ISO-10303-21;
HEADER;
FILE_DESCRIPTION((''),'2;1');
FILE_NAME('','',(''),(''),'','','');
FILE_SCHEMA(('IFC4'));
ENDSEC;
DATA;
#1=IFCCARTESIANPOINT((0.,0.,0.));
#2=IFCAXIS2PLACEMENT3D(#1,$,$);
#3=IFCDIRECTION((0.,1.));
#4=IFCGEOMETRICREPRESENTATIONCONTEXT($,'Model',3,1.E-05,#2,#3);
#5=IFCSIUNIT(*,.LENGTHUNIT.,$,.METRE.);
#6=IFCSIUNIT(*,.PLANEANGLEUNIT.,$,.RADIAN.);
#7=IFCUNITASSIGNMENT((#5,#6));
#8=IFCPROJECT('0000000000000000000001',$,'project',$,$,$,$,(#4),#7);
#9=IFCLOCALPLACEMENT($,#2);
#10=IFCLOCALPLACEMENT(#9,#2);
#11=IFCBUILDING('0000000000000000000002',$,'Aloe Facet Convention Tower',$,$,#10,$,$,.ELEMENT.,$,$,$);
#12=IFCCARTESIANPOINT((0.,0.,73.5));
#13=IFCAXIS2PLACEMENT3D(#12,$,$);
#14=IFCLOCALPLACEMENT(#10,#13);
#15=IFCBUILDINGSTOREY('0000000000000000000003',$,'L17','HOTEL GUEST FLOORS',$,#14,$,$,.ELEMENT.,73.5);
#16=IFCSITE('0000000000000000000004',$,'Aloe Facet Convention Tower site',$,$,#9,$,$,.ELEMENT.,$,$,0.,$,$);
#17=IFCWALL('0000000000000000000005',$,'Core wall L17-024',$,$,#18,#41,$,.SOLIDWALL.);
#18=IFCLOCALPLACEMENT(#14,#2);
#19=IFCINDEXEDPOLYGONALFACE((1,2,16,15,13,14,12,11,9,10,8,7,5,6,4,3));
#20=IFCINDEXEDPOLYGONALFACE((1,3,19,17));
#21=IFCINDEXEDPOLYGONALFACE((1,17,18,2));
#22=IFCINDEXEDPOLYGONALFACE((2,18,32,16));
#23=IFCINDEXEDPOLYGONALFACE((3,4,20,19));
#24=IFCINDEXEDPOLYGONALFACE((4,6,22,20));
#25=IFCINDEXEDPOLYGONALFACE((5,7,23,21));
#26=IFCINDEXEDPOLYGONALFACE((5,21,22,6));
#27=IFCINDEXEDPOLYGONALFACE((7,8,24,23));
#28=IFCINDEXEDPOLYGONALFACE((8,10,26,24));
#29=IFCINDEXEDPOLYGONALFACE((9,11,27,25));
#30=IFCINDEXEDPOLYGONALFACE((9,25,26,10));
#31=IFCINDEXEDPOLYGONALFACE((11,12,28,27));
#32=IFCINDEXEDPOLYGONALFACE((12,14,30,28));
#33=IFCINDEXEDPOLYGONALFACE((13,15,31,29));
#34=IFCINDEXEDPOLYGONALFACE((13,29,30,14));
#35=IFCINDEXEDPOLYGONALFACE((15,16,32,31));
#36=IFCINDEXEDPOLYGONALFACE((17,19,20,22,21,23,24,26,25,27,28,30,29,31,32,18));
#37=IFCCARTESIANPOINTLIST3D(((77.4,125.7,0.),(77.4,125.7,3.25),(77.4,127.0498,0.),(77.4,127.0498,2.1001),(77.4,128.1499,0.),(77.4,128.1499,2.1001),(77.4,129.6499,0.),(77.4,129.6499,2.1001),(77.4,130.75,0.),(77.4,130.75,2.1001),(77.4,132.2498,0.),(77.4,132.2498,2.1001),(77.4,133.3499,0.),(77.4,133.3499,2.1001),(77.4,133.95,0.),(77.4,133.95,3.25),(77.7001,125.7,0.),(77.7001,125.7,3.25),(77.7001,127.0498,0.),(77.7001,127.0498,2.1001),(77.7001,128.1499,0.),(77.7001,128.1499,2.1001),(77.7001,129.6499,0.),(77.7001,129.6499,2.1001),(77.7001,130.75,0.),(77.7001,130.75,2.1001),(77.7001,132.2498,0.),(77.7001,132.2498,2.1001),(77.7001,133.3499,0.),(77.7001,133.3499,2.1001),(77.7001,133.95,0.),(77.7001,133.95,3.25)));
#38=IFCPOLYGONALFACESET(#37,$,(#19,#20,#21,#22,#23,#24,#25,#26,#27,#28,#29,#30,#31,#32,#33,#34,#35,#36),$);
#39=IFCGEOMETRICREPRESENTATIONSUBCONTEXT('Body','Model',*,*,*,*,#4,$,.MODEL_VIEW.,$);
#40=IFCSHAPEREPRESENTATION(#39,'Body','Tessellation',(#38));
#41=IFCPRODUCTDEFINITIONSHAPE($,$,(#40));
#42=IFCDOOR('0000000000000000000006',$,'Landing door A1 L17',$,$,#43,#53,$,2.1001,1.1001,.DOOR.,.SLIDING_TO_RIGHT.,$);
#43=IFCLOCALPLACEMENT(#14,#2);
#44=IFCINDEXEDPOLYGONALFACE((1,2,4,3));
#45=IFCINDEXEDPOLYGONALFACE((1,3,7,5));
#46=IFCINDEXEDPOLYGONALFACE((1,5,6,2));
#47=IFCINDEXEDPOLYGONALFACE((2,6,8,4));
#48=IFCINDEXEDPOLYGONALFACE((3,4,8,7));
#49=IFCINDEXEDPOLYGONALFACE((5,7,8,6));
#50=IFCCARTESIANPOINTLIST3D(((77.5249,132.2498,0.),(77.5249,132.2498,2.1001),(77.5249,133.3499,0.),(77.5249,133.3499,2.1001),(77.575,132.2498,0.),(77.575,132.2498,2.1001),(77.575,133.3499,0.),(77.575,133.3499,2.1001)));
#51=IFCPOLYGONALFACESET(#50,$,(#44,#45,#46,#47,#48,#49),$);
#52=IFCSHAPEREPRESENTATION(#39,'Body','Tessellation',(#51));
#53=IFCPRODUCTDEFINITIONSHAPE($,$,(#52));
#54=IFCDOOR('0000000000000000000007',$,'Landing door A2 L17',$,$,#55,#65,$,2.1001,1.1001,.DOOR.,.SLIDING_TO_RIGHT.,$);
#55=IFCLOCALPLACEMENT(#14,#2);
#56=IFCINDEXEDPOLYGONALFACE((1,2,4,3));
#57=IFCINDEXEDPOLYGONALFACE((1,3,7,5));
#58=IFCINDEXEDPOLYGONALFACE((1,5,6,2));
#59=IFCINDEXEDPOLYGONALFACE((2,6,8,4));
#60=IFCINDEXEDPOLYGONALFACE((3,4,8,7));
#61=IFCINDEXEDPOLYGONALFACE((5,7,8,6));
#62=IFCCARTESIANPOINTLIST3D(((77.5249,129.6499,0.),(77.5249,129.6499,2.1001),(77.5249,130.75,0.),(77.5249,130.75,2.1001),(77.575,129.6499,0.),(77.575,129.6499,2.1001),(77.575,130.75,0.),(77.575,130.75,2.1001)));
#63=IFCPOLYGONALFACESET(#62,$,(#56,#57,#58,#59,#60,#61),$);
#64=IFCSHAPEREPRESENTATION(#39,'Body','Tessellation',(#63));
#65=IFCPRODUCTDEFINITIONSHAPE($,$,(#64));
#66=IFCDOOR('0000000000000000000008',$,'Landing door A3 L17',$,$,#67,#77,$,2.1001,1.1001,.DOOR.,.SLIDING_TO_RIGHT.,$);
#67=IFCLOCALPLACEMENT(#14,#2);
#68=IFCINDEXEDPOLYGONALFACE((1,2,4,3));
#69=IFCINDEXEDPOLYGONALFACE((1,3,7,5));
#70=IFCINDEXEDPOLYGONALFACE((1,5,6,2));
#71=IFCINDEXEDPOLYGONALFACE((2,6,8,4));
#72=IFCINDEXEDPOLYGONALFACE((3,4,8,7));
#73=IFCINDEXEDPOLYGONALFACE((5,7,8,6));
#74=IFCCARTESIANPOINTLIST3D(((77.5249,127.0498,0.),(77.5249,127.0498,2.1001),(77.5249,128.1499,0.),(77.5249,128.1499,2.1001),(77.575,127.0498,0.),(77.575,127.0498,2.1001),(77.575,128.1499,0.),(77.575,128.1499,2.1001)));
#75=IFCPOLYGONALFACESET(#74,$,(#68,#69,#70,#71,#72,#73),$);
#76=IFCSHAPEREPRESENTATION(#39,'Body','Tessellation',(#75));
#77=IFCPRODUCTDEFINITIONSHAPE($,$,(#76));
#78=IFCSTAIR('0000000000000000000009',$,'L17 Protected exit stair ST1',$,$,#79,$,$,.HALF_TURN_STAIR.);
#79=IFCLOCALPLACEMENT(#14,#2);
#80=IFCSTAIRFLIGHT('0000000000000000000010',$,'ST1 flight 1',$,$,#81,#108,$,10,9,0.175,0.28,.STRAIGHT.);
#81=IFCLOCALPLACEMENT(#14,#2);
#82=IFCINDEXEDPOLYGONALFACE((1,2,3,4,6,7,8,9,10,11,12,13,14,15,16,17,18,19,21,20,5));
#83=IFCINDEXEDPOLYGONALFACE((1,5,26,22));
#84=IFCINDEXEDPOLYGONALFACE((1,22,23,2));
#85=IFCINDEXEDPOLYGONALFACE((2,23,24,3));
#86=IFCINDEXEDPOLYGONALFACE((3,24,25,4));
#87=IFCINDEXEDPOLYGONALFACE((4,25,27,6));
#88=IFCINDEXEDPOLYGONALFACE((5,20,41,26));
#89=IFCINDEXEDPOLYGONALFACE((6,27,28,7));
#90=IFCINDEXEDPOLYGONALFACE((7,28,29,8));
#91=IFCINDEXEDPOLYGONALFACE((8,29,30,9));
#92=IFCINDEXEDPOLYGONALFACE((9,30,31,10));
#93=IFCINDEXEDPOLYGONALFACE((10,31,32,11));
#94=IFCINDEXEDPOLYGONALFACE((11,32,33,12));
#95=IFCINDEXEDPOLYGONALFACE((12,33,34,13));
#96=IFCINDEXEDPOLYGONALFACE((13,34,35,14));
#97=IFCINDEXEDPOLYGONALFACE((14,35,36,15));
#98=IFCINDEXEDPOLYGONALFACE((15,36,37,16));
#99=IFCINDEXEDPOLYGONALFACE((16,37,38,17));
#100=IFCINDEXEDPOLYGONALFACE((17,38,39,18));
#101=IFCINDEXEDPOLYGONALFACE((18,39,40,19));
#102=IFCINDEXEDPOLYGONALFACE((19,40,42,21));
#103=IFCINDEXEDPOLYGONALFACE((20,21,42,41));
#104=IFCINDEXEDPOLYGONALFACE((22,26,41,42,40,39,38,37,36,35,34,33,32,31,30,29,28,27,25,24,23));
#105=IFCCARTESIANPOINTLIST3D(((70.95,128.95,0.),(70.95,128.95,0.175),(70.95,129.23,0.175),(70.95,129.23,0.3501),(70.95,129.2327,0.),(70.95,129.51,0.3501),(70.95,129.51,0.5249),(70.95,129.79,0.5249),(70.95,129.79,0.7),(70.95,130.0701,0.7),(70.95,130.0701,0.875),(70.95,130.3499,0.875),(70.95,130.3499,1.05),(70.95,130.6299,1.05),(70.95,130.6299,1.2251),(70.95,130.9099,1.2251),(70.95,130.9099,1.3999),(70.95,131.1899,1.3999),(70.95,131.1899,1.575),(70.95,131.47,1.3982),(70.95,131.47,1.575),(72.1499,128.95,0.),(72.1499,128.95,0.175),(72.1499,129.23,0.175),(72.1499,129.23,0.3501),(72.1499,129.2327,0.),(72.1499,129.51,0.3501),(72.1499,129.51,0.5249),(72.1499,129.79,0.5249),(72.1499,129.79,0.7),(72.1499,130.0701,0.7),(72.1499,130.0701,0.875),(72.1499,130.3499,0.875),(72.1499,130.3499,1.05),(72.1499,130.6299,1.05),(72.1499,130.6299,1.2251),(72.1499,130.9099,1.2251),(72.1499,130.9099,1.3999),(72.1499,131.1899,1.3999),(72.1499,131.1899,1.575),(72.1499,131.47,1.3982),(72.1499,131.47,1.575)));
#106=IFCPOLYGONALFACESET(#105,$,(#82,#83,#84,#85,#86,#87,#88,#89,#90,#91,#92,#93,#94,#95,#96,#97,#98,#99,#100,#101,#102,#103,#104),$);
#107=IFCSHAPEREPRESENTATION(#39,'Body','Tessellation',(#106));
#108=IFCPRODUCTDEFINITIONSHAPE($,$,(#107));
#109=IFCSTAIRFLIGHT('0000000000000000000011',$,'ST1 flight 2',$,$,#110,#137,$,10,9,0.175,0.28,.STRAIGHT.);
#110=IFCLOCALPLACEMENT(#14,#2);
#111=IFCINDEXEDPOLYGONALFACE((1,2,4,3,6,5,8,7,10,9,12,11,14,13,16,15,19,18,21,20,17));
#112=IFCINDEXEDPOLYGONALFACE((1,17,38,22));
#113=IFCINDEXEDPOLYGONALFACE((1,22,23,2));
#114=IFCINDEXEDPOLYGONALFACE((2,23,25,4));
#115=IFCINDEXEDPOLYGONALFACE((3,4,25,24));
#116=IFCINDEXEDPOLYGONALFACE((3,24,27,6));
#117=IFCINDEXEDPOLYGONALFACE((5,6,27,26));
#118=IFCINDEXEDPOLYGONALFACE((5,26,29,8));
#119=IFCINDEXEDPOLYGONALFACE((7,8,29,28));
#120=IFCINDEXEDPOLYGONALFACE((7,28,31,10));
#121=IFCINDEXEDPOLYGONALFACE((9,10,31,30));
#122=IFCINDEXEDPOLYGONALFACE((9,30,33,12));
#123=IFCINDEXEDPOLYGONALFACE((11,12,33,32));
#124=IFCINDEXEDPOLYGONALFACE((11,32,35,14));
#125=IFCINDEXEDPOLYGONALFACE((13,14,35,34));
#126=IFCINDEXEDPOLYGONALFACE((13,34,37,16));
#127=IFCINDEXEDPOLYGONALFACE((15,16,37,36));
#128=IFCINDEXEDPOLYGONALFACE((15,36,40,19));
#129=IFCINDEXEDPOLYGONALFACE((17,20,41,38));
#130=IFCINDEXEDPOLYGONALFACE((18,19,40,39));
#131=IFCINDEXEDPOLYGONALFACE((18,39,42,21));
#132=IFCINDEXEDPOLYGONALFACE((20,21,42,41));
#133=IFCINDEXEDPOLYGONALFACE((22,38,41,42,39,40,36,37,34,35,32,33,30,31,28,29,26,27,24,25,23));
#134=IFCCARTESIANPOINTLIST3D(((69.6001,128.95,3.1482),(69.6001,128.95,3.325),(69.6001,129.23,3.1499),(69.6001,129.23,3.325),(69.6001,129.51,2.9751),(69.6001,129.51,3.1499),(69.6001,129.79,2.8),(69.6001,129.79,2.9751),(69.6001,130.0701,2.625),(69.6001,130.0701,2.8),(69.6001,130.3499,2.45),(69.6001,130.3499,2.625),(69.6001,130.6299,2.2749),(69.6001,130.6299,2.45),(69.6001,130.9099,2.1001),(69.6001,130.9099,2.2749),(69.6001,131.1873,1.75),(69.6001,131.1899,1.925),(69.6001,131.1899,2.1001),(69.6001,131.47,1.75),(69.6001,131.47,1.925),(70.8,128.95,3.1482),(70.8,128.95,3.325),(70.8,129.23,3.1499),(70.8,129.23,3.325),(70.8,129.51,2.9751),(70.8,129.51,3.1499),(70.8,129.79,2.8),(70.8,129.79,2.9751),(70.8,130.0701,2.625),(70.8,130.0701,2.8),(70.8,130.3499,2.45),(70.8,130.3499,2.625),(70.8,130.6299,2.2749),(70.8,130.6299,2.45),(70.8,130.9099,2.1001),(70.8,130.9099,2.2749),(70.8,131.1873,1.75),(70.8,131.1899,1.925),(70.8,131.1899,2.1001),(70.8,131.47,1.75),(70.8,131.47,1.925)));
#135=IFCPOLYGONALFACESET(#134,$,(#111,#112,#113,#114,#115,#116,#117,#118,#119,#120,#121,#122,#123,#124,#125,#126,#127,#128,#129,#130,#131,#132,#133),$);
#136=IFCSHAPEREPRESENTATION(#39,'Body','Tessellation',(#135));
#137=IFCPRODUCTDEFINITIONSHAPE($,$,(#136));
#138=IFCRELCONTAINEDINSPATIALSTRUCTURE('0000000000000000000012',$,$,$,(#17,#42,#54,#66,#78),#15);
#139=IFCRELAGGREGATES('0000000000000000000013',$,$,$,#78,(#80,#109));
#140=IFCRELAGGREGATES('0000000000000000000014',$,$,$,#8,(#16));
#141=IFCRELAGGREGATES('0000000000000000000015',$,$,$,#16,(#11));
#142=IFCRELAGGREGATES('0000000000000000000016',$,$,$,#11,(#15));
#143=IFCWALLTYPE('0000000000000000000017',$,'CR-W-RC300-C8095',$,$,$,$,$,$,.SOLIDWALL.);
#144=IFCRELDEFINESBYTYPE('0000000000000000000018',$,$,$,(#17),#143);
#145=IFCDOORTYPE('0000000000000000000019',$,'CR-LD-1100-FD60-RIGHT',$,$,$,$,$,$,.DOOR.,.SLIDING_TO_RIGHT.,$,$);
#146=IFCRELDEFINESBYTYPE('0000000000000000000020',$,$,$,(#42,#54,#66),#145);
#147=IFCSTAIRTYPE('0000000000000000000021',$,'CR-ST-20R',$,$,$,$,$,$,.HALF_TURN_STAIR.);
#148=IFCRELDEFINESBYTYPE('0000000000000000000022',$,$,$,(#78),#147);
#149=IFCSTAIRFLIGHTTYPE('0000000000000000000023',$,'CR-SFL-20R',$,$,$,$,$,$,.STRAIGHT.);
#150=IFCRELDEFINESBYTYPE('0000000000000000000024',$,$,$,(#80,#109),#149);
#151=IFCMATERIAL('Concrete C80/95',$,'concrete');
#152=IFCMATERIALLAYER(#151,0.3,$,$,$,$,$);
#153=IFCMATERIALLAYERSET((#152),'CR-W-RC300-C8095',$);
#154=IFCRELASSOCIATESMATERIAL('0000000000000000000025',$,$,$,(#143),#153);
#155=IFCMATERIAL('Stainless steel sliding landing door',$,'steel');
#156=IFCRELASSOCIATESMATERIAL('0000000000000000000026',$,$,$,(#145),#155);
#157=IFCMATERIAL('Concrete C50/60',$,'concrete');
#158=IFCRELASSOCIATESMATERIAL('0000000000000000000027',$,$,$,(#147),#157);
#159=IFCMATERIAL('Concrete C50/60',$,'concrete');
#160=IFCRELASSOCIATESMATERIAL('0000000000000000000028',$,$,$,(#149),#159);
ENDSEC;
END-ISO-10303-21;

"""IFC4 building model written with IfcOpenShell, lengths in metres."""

from ifc_helpers import new_model, si_unit, direction, frame, frame_2d, origin, place, context, subcontext, project, spatial, polyline, rectangle, outline, extrude, material, layer, layer_set, type_object, element, fill, aggregate, save


model = new_model("IFC4")

# Units and contexts
model_context = context("Model", 3, precision=1e-05, world=origin(), true_north=direction((0.0, 1.0)))
body_context = subcontext(model_context, "Body", "Model", "MODEL_VIEW")
ifc_project = project(units=[si_unit("LENGTHUNIT", "METRE"), si_unit("PLANEANGLEUNIT", "RADIAN")], contexts=[model_context])

# Site, building, storey
site_placement = place(None, origin())
site = spatial("IfcSite", under=ifc_project, at=site_placement, Name="Aloe Facet Convention Tower site", CompositionType="ELEMENT", RefElevation=0.0)
building_placement = place(site_placement, origin())
building = spatial("IfcBuilding", under=site, at=building_placement, Name="Aloe Facet Convention Tower", CompositionType="ELEMENT")
storey_placement = place(building_placement, frame((0.0, 0.0, 73.5)))
storey = spatial("IfcBuildingStorey", under=building, at=storey_placement, Name="L17", Description="HOTEL GUEST FLOORS", CompositionType="ELEMENT", Elevation=73.5)

# Shared definitions
ifc_material_1 = material(Name="Concrete C80/95", Category="concrete")
ifc_layer_1 = layer(ifc_material_1, 0.3)
ifc_layer_set_1 = layer_set([ifc_layer_1], Name="CR-W-RC300-C8095")
wall_type_1 = type_object("IfcWallType", Name="CR-W-RC300-C8095", PredefinedType="SOLIDWALL", material=ifc_layer_set_1)

# Wall, openings, doors
wall_1_placement = place(storey_placement, frame((77.55, 133.95, 0.0), z_axis=(0.0, 0.0, 1.0), x_axis=(0.0, -1.0, 0.0)))
wall_1 = element("IfcWall", 1, at=wall_1_placement, inside=storey, type_object=wall_type_1, Name="Core wall L17-024", PredefinedType="SOLIDWALL", context=body_context, shape_type="SweptSolid", body=[
    extrude(rectangle(XDim=8.25, YDim=0.3, at=frame_2d((4.125, 0.0))), origin(), (0.0, 0.0, 1.0), 3.25),
])
opening_1_placement = place(wall_1_placement, frame((0.6001, 0.0, 0.0)))
opening_1 = element("IfcOpeningElement", 2, at=opening_1_placement, cuts=wall_1, PredefinedType="OPENING", context=body_context, shape_type="SweptSolid", body=[
    extrude(rectangle(XDim=1.1001, YDim=2.1001, at=frame_2d((0.55, 1.05))), frame((0.0, 0.1602, 0.0), z_axis=(0.0, -1.0, 0.0), x_axis=(1.0, 0.0, 0.0)), (0.0, 0.0, 1.0), 0.3201),
])
opening_2_placement = place(wall_1_placement, frame((3.2, 0.0, 0.0)))
opening_2 = element("IfcOpeningElement", 3, at=opening_2_placement, cuts=wall_1, PredefinedType="OPENING", context=body_context, shape_type="SweptSolid", body=[
    extrude(rectangle(XDim=1.1001, YDim=2.1001, at=frame_2d((0.55, 1.05))), frame((0.0, 0.1602, 0.0), z_axis=(0.0, -1.0, 0.0), x_axis=(1.0, 0.0, 0.0)), (0.0, 0.0, 1.0), 0.3201),
])
opening_3_placement = place(wall_1_placement, frame((5.8, 0.0, 0.0)))
opening_3 = element("IfcOpeningElement", 4, at=opening_3_placement, cuts=wall_1, PredefinedType="OPENING", context=body_context, shape_type="SweptSolid", body=[
    extrude(rectangle(XDim=1.1001, YDim=2.1001, at=frame_2d((0.55, 1.05))), frame((0.0, 0.1602, 0.0), z_axis=(0.0, -1.0, 0.0), x_axis=(1.0, 0.0, 0.0)), (0.0, 0.0, 1.0), 0.3201),
])
ifc_material_2 = material(Name="Stainless steel sliding landing door", Category="steel")
door_type_1 = type_object("IfcDoorType", Name="CR-LD-1100-FD60-RIGHT", OperationType="SLIDING_TO_RIGHT", PredefinedType="DOOR", material=ifc_material_2)
door_1_placement = place(opening_1_placement, origin())
door_1 = element("IfcDoor", 5, at=door_1_placement, inside=storey, type_object=door_type_1, Name="Landing door A1 L17", OperationType="SLIDING_TO_RIGHT", OverallHeight=2.1001, OverallWidth=1.1001, PredefinedType="DOOR", context=body_context, shape_type="SweptSolid", body=[
    extrude(rectangle(XDim=1.1001, YDim=2.1001, at=frame_2d((0.55, 1.05))), frame((0.0, 0.0249, 0.0), z_axis=(0.0, -1.0, 0.0), x_axis=(1.0, 0.0, 0.0)), (0.0, 0.0, 1.0), 0.05),
])
fill(opening_1, door_1)
door_2_placement = place(opening_2_placement, origin())
door_2 = element("IfcDoor", 6, at=door_2_placement, inside=storey, type_object=door_type_1, Name="Landing door A2 L17", OperationType="SLIDING_TO_RIGHT", OverallHeight=2.1001, OverallWidth=1.1001, PredefinedType="DOOR", context=body_context, shape_type="SweptSolid", body=[
    extrude(rectangle(XDim=1.1001, YDim=2.1001, at=frame_2d((0.55, 1.05))), frame((0.0, 0.0249, 0.0), z_axis=(0.0, -1.0, 0.0), x_axis=(1.0, 0.0, 0.0)), (0.0, 0.0, 1.0), 0.05),
])
fill(opening_2, door_2)
door_3_placement = place(opening_3_placement, origin())
door_3 = element("IfcDoor", 7, at=door_3_placement, inside=storey, type_object=door_type_1, Name="Landing door A3 L17", OperationType="SLIDING_TO_RIGHT", OverallHeight=2.1001, OverallWidth=1.1001, PredefinedType="DOOR", context=body_context, shape_type="SweptSolid", body=[
    extrude(rectangle(XDim=1.1001, YDim=2.1001, at=frame_2d((0.55, 1.05))), frame((0.0, 0.0249, 0.0), z_axis=(0.0, -1.0, 0.0), x_axis=(1.0, 0.0, 0.0)), (0.0, 0.0, 1.0), 0.05),
])
fill(opening_3, door_3)

# Stair, stair flights
ifc_material_3 = material(Name="Concrete C50/60", Category="concrete")
stair_type = type_object("IfcStairType", Name="CR-ST-20R", PredefinedType="HALF_TURN_STAIR", material=ifc_material_3)
stair_placement = place(storey_placement, origin())
stair = element("IfcStair", 8, at=stair_placement, inside=storey, type_object=stair_type, Name="L17 Protected exit stair ST1", PredefinedType="HALF_TURN_STAIR")
ifc_material_4 = material(Name="Concrete C50/60", Category="concrete")
stair_flight_type = type_object("IfcStairFlightType", Name="CR-SFL-20R", PredefinedType="STRAIGHT", material=ifc_material_4)
stair_flight_1_placement = place(storey_placement, frame((71.55, 128.95, 0.0), z_axis=(0.0, 0.0, 1.0), x_axis=(0.0, 1.0, 0.0)))
stair_flight_1 = element("IfcStairFlight", 9, at=stair_flight_1_placement, type_object=stair_flight_type, Name="ST1 flight 1", NumberOfRisers=10, NumberOfTreads=9, PredefinedType="STRAIGHT", RiserHeight=0.175, TreadLength=0.28, context=body_context, shape_type="SweptSolid", body=[
    extrude(outline(polyline([(0.0, 0.0), (0.0, 0.175), (0.28, 0.175), (0.28, 0.3501), (0.5601, 0.3501), (0.5601, 0.5249), (0.8401, 0.5249), (0.8401, 0.7), (1.1201, 0.7), (1.1201, 0.875), (1.3999, 0.875), (1.3999, 1.05), (1.6799, 1.05), (1.6799, 1.2251), (1.96, 1.2251), (1.96, 1.3999), (2.24, 1.3999), (2.24, 1.575), (2.52, 1.575), (2.52, 1.75), (2.52, 1.3982), (0.2827, 0.0), (0.0, 0.0)])), frame((0.0, 0.6001, 0.0), z_axis=(0.0, -1.0, 0.0), x_axis=(1.0, 0.0, 0.0)), (0.0, 0.0, 1.0), 1.2),
])
stair_flight_2_placement = place(storey_placement, frame((70.2, 131.47, 1.75), z_axis=(0.0, 0.0, 1.0), x_axis=(0.0, -1.0, 0.0)))
stair_flight_2 = element("IfcStairFlight", 10, at=stair_flight_2_placement, type_object=stair_flight_type, Name="ST1 flight 2", NumberOfRisers=10, NumberOfTreads=9, PredefinedType="STRAIGHT", RiserHeight=0.175, TreadLength=0.28, context=body_context, shape_type="SweptSolid", body=[
    extrude(outline(polyline([(0.0, 0.0), (0.0, 0.175), (0.28, 0.175), (0.28, 0.3501), (0.5601, 0.3501), (0.5601, 0.5249), (0.8401, 0.5249), (0.8401, 0.7), (1.1201, 0.7), (1.1201, 0.875), (1.3999, 0.875), (1.3999, 1.05), (1.6799, 1.05), (1.6799, 1.2251), (1.96, 1.2251), (1.96, 1.3999), (2.24, 1.3999), (2.24, 1.575), (2.52, 1.575), (2.52, 1.75), (2.52, 1.3982), (0.2827, 0.0), (0.0, 0.0)])), frame((0.0, 0.6001, 0.0), z_axis=(0.0, -1.0, 0.0), x_axis=(1.0, 0.0, 0.0)), (0.0, 0.0, 1.0), 1.2),
])
aggregate(stair, [stair_flight_1, stair_flight_2])

save(model, "model.ifc")
